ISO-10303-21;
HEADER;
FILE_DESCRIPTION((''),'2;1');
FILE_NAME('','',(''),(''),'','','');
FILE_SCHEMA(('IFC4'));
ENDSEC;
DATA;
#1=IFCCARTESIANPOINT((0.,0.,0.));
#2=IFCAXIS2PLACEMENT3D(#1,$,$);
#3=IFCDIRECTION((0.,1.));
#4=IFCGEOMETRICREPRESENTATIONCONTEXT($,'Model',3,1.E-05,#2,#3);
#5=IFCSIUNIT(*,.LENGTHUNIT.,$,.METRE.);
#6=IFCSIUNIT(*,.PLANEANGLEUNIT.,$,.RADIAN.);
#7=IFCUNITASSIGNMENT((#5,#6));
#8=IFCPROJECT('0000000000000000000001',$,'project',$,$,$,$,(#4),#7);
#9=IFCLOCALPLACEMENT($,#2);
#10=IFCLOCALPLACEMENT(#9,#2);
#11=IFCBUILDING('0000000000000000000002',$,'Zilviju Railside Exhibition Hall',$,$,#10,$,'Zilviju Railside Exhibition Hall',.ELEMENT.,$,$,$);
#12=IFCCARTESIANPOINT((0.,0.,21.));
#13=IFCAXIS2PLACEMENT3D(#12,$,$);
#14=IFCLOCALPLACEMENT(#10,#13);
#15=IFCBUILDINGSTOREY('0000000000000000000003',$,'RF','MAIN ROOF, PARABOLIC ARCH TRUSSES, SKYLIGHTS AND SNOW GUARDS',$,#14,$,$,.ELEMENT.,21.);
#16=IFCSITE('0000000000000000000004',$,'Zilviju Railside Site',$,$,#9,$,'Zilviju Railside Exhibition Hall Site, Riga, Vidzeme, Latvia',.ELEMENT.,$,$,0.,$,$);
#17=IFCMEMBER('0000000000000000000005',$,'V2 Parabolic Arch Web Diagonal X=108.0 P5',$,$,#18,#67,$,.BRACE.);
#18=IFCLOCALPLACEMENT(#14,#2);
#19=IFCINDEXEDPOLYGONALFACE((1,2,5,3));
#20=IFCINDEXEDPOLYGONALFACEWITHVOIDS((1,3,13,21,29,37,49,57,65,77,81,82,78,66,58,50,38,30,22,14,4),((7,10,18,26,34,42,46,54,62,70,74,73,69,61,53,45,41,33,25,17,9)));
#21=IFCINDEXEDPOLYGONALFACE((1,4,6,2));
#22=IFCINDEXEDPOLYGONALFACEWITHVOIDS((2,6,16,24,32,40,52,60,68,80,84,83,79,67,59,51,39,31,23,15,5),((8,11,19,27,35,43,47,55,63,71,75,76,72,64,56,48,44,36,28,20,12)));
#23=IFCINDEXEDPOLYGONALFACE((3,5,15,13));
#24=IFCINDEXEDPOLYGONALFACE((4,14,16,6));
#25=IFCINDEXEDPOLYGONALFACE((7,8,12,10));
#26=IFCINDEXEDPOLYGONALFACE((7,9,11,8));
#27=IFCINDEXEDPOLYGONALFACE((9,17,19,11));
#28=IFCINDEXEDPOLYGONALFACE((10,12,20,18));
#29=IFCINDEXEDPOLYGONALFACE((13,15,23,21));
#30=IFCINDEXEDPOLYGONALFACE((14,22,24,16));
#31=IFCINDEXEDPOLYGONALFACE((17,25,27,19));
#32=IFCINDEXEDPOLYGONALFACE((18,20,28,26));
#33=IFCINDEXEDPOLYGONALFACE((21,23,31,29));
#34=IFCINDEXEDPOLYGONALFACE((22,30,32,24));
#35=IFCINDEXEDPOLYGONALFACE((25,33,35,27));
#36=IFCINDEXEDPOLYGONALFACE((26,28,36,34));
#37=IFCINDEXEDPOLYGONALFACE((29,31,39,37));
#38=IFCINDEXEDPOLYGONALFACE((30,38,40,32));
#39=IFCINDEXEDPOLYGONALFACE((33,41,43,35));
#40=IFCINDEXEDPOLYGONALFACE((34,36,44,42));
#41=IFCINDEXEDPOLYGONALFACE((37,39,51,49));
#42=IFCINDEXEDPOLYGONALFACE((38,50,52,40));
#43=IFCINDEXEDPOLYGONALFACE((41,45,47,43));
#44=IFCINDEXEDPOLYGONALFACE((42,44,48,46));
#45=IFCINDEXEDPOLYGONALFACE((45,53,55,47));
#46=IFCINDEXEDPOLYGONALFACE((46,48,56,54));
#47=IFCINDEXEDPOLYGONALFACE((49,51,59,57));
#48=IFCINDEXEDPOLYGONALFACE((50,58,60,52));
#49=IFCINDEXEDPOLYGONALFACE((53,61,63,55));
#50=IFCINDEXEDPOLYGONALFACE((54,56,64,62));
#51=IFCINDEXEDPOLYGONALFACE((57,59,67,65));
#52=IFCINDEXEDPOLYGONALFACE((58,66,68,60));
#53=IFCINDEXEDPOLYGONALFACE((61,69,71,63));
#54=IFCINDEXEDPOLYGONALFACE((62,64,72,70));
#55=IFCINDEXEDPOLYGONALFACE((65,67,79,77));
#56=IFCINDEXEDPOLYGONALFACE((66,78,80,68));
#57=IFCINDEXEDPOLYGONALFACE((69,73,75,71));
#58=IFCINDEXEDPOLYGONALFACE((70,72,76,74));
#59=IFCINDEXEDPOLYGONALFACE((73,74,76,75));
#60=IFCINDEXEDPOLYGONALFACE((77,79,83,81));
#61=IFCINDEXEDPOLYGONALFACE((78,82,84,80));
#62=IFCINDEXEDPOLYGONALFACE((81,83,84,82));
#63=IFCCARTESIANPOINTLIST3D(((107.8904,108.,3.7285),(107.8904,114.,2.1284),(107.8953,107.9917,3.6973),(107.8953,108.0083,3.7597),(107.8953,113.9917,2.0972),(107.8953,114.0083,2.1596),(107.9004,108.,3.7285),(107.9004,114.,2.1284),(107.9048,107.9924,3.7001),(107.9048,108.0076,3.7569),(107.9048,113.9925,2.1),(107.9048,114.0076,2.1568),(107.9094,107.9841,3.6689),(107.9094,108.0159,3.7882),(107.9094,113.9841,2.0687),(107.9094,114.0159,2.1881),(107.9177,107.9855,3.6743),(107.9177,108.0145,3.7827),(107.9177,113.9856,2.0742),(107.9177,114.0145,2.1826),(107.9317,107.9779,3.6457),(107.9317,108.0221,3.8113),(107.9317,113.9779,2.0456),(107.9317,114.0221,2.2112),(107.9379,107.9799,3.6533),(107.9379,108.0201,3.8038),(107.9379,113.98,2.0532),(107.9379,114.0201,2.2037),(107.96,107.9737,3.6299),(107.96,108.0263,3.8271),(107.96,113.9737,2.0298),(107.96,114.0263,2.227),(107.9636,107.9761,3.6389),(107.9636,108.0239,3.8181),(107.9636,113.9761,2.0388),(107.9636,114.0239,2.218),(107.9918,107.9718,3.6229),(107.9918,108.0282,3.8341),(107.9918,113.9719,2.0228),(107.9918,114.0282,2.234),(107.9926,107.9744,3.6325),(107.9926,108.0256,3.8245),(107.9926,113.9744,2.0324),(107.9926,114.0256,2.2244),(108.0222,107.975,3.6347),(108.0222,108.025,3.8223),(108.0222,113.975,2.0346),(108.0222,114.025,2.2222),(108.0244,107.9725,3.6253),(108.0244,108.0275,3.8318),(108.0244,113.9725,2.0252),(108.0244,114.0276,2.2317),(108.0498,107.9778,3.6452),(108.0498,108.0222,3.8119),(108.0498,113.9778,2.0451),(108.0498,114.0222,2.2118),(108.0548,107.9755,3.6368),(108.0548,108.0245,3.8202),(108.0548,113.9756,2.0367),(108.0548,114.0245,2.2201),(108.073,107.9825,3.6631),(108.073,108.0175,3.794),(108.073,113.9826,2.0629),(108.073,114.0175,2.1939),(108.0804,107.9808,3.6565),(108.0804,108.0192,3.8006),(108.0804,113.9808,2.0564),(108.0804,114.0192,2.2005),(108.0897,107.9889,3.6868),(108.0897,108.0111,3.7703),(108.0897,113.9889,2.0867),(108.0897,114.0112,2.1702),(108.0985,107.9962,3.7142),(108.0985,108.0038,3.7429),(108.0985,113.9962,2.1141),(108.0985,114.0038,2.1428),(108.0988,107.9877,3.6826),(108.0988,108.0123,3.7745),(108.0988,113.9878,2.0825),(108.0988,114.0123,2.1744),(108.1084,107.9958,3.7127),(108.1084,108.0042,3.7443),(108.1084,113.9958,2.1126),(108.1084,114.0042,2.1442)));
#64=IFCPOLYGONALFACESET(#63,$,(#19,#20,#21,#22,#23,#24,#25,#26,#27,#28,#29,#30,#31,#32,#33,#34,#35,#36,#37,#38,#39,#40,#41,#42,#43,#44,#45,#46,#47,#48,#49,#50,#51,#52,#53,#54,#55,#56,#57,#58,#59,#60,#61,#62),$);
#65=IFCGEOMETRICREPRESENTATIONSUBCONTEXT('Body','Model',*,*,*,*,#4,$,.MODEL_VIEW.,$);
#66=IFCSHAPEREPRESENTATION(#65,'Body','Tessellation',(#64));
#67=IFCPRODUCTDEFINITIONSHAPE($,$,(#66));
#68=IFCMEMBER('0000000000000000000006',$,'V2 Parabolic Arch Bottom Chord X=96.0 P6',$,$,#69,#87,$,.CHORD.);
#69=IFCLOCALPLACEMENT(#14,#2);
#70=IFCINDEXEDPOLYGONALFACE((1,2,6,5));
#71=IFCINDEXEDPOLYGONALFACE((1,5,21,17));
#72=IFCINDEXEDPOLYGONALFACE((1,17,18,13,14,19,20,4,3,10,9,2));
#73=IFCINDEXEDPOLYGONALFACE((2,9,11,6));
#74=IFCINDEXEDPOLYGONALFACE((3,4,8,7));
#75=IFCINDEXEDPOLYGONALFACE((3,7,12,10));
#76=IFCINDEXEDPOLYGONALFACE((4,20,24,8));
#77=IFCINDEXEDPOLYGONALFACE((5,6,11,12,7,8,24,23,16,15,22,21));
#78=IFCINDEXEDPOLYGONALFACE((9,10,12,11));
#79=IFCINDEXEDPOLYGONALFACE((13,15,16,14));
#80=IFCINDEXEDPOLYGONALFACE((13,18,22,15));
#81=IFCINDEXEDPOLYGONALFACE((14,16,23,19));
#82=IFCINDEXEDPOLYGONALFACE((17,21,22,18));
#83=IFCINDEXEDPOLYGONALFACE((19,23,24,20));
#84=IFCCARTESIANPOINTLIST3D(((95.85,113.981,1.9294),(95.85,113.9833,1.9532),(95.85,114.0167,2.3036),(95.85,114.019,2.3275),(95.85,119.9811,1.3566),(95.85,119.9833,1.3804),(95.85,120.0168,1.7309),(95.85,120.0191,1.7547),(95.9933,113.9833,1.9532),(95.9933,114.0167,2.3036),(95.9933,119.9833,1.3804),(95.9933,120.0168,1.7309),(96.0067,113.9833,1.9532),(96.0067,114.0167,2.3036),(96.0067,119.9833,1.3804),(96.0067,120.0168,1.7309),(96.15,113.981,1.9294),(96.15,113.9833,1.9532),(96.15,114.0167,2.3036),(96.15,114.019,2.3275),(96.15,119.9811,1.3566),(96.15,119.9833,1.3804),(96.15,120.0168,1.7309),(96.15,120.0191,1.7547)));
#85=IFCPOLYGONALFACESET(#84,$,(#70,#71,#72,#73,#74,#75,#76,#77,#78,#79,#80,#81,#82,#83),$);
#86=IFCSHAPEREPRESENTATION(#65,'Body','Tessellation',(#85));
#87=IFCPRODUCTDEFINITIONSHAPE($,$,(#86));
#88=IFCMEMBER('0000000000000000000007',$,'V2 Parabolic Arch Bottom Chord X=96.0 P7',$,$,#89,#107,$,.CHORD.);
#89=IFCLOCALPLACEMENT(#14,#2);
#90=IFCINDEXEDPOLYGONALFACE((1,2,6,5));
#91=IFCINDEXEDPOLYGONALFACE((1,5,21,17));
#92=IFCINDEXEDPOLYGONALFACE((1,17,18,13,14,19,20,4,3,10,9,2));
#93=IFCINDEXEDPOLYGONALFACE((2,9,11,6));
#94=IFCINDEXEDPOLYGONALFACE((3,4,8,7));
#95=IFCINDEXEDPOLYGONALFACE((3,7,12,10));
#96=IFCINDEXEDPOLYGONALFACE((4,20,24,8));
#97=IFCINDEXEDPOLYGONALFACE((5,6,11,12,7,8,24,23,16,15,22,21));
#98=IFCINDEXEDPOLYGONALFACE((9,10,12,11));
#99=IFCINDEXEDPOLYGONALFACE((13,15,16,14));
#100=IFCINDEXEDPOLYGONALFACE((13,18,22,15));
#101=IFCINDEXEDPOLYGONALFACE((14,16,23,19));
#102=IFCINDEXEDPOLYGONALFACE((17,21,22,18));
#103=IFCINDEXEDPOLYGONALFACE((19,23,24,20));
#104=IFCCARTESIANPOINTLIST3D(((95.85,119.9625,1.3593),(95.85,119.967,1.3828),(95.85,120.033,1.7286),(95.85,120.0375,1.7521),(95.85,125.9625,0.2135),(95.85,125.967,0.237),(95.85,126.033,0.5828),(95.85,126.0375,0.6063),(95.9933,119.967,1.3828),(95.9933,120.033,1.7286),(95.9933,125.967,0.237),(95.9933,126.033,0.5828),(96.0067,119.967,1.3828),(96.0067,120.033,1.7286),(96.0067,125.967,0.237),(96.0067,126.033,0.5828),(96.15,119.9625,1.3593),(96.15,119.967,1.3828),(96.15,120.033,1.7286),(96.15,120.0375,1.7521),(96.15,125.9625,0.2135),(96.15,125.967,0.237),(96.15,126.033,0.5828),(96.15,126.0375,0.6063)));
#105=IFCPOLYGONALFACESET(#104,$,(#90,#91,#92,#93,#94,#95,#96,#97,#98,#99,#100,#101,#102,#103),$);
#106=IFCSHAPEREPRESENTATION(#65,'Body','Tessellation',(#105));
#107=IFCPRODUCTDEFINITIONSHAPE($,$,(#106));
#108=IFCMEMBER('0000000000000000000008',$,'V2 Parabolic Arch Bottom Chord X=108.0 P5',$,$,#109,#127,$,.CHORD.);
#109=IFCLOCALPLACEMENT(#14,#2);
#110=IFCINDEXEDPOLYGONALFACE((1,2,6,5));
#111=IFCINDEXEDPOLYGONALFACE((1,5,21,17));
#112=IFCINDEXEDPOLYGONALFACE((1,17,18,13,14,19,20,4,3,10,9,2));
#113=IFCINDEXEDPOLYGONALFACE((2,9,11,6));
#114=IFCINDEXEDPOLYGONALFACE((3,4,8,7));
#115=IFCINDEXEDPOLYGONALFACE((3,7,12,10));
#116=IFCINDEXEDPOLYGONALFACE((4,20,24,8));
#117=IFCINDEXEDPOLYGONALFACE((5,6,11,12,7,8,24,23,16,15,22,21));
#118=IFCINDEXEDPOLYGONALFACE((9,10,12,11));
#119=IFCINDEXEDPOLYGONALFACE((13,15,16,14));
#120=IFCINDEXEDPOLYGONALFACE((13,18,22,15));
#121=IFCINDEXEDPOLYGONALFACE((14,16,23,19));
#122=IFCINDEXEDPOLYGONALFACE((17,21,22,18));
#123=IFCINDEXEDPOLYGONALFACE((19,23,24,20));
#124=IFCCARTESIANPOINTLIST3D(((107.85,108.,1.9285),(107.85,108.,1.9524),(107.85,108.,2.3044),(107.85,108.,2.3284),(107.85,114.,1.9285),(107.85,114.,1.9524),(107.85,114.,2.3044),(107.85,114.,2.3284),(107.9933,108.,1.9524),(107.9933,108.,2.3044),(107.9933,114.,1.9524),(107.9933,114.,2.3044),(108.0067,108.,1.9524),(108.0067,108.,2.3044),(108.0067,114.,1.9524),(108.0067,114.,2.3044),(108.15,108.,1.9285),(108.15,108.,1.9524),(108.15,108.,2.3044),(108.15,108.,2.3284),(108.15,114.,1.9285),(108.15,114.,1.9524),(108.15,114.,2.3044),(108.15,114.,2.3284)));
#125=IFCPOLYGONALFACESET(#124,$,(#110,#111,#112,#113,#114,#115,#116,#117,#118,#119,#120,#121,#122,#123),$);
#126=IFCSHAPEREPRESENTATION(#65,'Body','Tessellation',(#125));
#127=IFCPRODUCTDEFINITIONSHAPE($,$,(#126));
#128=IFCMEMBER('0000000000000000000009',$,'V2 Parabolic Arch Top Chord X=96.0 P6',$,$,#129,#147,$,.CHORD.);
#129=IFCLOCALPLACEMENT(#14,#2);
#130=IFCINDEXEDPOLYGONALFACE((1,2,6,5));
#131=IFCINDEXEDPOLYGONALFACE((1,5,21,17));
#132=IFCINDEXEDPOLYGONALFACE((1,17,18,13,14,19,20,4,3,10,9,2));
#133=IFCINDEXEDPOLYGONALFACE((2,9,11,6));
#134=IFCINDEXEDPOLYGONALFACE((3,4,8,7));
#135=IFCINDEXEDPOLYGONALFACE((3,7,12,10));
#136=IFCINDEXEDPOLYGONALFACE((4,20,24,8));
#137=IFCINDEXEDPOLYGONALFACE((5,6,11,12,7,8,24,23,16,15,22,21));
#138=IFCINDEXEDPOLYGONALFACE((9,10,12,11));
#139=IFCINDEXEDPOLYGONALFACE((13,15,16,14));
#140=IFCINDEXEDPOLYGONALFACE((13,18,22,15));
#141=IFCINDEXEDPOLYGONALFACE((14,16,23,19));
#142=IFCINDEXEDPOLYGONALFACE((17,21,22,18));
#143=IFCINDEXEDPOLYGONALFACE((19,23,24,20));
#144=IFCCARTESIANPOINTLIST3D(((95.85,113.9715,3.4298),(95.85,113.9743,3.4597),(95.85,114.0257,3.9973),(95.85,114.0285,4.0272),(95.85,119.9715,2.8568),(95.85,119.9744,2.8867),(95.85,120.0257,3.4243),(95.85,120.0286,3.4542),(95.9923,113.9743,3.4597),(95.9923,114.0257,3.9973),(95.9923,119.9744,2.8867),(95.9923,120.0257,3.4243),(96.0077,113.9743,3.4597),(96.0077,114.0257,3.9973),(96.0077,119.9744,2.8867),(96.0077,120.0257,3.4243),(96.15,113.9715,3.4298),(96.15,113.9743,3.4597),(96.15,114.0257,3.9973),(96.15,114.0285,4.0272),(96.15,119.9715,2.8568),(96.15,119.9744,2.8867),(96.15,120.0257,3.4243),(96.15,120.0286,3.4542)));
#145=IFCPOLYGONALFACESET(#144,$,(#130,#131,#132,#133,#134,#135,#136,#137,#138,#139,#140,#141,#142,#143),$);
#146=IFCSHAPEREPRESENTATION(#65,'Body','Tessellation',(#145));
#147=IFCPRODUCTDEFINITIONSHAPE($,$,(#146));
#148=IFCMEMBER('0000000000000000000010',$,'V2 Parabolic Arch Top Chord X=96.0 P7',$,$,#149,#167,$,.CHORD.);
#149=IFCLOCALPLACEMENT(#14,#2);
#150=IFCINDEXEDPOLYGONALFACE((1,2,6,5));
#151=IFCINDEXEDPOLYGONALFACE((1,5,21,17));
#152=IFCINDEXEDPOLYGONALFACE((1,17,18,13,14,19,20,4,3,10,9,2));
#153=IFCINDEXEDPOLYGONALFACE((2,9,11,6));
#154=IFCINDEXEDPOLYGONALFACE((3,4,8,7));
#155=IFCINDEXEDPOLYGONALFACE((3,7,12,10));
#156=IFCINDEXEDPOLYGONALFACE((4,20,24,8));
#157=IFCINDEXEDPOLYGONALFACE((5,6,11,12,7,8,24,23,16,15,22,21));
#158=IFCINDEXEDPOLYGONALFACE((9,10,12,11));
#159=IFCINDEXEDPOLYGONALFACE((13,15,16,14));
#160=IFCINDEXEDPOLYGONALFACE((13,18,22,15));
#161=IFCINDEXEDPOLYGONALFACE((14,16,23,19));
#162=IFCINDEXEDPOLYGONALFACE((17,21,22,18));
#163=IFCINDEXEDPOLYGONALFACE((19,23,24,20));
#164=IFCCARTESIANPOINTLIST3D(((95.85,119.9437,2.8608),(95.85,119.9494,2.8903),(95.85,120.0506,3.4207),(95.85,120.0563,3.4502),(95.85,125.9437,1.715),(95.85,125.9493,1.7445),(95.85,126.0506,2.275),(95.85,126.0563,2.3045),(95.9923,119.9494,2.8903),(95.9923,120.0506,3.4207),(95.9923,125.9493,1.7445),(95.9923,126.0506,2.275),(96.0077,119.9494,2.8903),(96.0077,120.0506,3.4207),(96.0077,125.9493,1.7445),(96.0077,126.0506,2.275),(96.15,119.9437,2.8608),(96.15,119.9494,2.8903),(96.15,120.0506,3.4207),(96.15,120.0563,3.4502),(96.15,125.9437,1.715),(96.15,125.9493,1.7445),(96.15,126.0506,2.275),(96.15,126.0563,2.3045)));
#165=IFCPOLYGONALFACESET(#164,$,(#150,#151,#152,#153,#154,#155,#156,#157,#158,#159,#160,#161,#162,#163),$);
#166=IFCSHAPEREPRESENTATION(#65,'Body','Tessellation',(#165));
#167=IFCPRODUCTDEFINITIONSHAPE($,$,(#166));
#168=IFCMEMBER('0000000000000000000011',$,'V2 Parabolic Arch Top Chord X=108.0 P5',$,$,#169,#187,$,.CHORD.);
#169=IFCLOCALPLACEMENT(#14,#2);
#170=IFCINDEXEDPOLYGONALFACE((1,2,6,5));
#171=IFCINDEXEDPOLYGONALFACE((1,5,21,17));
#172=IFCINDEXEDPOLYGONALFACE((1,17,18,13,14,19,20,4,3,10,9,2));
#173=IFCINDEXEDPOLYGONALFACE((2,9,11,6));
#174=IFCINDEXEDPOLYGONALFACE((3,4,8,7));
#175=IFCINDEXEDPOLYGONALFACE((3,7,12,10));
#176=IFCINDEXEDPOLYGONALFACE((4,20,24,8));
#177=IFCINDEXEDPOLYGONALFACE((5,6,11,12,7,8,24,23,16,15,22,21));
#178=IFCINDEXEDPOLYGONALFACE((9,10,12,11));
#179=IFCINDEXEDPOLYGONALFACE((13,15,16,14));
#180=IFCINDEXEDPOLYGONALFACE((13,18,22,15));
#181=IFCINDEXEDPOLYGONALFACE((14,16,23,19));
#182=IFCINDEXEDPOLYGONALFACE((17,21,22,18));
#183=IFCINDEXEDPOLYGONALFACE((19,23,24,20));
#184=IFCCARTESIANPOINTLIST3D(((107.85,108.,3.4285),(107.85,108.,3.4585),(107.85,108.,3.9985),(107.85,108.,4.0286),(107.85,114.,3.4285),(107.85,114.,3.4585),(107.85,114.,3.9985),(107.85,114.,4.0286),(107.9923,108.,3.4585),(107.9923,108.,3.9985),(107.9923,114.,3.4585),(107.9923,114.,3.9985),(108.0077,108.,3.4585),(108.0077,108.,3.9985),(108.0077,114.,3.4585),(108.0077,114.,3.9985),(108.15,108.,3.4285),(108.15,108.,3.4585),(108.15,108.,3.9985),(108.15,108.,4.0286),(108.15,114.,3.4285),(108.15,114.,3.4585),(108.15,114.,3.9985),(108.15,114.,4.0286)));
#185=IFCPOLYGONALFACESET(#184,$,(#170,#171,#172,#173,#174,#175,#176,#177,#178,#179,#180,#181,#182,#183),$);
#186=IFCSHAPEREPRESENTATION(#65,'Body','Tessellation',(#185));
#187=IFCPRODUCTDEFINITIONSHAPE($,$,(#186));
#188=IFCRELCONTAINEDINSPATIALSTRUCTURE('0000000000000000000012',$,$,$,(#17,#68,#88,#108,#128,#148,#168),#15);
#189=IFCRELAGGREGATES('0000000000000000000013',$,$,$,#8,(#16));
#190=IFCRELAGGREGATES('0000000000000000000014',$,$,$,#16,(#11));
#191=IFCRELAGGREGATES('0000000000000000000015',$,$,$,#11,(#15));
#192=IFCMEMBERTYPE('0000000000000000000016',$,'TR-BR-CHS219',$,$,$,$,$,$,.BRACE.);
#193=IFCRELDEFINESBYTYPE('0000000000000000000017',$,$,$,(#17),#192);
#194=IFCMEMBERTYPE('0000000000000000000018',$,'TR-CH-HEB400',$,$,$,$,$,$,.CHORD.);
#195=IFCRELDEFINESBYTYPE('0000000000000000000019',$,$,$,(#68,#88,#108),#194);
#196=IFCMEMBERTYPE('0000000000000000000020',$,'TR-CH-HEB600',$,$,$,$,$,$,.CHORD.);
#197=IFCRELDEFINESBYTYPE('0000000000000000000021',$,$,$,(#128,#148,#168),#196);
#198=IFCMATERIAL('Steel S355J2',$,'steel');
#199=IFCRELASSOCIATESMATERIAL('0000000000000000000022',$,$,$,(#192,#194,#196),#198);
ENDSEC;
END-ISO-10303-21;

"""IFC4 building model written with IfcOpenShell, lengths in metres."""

from ifc_helpers import new_model, si_unit, direction, frame, origin, origin_2d, place, context, subcontext, project, spatial, hollow_circle, i_section, extrude, material, material_profile, profile_set, type_object, element, save


model = new_model("IFC4")

# Units and contexts
model_context = context("Model", 3, precision=1e-05, world=origin(), true_north=direction((0.0, 1.0)))
body_context = subcontext(model_context, "Body", "Model", "MODEL_VIEW")
ifc_project = project(units=[si_unit("LENGTHUNIT", "METRE"), si_unit("PLANEANGLEUNIT", "RADIAN")], contexts=[model_context])

# Site, building, storey
site_placement = place(None, origin())
site = spatial("IfcSite", under=ifc_project, at=site_placement, Name="Zilviju Railside Site", LongName="Zilviju Railside Exhibition Hall Site, Riga, Vidzeme, Latvia", CompositionType="ELEMENT", RefElevation=0.0)
building_placement = place(site_placement, origin())
building = spatial("IfcBuilding", under=site, at=building_placement, Name="Zilviju Railside Exhibition Hall", LongName="Zilviju Railside Exhibition Hall", CompositionType="ELEMENT")
storey_placement = place(building_placement, frame((0.0, 0.0, 21.0)))
storey = spatial("IfcBuildingStorey", under=building, at=storey_placement, Name="RF", Description="MAIN ROOF, PARABOLIC ARCH TRUSSES, SKYLIGHTS AND SNOW GUARDS", CompositionType="ELEMENT", Elevation=21.0)

# Members
ifc_material_1 = material(Name="Steel S355J2", Category="steel")
ifc_material_profile_1 = material_profile(ifc_material_1, hollow_circle(Radius=0.1096, WallThickness=0.01, at=origin_2d()), Name="CHS 219.1x10.0")
ifc_profile_set_1 = profile_set([ifc_material_profile_1], Name="Steel S355J2")
member_type_1 = type_object("IfcMemberType", Name="TR-BR-CHS219", PredefinedType="BRACE", material=ifc_profile_set_1)
member_1_placement = place(storey_placement, frame((108.0, 108.0, 3.7285), z_axis=(0.0, 0.966231, -0.257677), x_axis=(-1.0, 0.0, 0.0)))
element("IfcMember", 1, at=member_1_placement, inside=storey, type_object=member_type_1, Name="V2 Parabolic Arch Web Diagonal X=108.0 P5", PredefinedType="BRACE", context=body_context, shape_type="SweptSolid", body=[
    extrude(hollow_circle(Radius=0.1096, WallThickness=0.01, at=origin_2d()), origin(), (0.0, 0.0, 1.0), 6.2097),
])
ifc_material_profile_2 = material_profile(ifc_material_1, i_section(OverallWidth=0.3, OverallDepth=0.3999, WebThickness=0.0134, FlangeThickness=0.0239, at=origin_2d()), Name="HEB 400")
ifc_profile_set_2 = profile_set([ifc_material_profile_2], Name="Steel S355J2")
member_type_2 = type_object("IfcMemberType", Name="TR-CH-HEB400", PredefinedType="CHORD", material=ifc_profile_set_2)
member_2_placement = place(storey_placement, frame((96.0, 114.0, 2.1284), z_axis=(0.0, 0.995475, -0.095027), x_axis=(-1.0, 0.0, 0.0)))
element("IfcMember", 2, at=member_2_placement, inside=storey, type_object=member_type_2, Name="V2 Parabolic Arch Bottom Chord X=96.0 P6", PredefinedType="CHORD", context=body_context, shape_type="SweptSolid", body=[
    extrude(i_section(OverallWidth=0.3, OverallDepth=0.3999, WebThickness=0.0134, FlangeThickness=0.0239, at=origin_2d()), origin(), (0.0, 0.0, 1.0), 6.0273),
])
member_3_placement = place(storey_placement, frame((96.0, 120.0, 1.5557), z_axis=(0.0, 0.982251, -0.187569), x_axis=(-1.0, 0.0, 0.0)))
element("IfcMember", 3, at=member_3_placement, inside=storey, type_object=member_type_2, Name="V2 Parabolic Arch Bottom Chord X=96.0 P7", PredefinedType="CHORD", context=body_context, shape_type="SweptSolid", body=[
    extrude(i_section(OverallWidth=0.3, OverallDepth=0.3999, WebThickness=0.0134, FlangeThickness=0.0239, at=origin_2d()), origin(), (0.0, 0.0, 1.0), 6.1084),
])
member_4_placement = place(storey_placement, frame((108.0, 108.0, 2.1284), z_axis=(0.0, 1.0, 0.0), x_axis=(-1.0, 0.0, 0.0)))
element("IfcMember", 4, at=member_4_placement, inside=storey, type_object=member_type_2, Name="V2 Parabolic Arch Bottom Chord X=108.0 P5", PredefinedType="CHORD", context=body_context, shape_type="SweptSolid", body=[
    extrude(i_section(OverallWidth=0.3, OverallDepth=0.3999, WebThickness=0.0134, FlangeThickness=0.0239, at=origin_2d()), origin(), (0.0, 0.0, 1.0), 6.0),
])
ifc_material_profile_3 = material_profile(ifc_material_1, i_section(OverallWidth=0.3, OverallDepth=0.6001, WebThickness=0.0154, FlangeThickness=0.03, at=origin_2d()), Name="HEB 600")
ifc_profile_set_3 = profile_set([ifc_material_profile_3], Name="Steel S355J2")
member_type_3 = type_object("IfcMemberType", Name="TR-CH-HEB600", PredefinedType="CHORD", material=ifc_profile_set_3)
member_5_placement = place(storey_placement, frame((96.0, 114.0, 3.7285), z_axis=(0.0, 0.995471, -0.095067), x_axis=(-1.0, 0.0, 0.0)))
element("IfcMember", 5, at=member_5_placement, inside=storey, type_object=member_type_3, Name="V2 Parabolic Arch Top Chord X=96.0 P6", PredefinedType="CHORD", context=body_context, shape_type="SweptSolid", body=[
    extrude(i_section(OverallWidth=0.3, OverallDepth=0.6001, WebThickness=0.0154, FlangeThickness=0.03, at=origin_2d()), origin(), (0.0, 0.0, 1.0), 6.0273),
])
member_6_placement = place(storey_placement, frame((96.0, 120.0, 3.1555), z_axis=(0.0, 0.982251, -0.187569), x_axis=(-1.0, 0.0, 0.0)))
element("IfcMember", 6, at=member_6_placement, inside=storey, type_object=member_type_3, Name="V2 Parabolic Arch Top Chord X=96.0 P7", PredefinedType="CHORD", context=body_context, shape_type="SweptSolid", body=[
    extrude(i_section(OverallWidth=0.3, OverallDepth=0.6001, WebThickness=0.0154, FlangeThickness=0.03, at=origin_2d()), origin(), (0.0, 0.0, 1.0), 6.1084),
])
member_7_placement = place(storey_placement, frame((108.0, 108.0, 3.7285), z_axis=(0.0, 1.0, 0.0), x_axis=(-1.0, 0.0, 0.0)))
element("IfcMember", 7, at=member_7_placement, inside=storey, type_object=member_type_3, Name="V2 Parabolic Arch Top Chord X=108.0 P5", PredefinedType="CHORD", context=body_context, shape_type="SweptSolid", body=[
    extrude(i_section(OverallWidth=0.3, OverallDepth=0.6001, WebThickness=0.0154, FlangeThickness=0.03, at=origin_2d()), origin(), (0.0, 0.0, 1.0), 6.0),
])

save(model, "model.ifc")
